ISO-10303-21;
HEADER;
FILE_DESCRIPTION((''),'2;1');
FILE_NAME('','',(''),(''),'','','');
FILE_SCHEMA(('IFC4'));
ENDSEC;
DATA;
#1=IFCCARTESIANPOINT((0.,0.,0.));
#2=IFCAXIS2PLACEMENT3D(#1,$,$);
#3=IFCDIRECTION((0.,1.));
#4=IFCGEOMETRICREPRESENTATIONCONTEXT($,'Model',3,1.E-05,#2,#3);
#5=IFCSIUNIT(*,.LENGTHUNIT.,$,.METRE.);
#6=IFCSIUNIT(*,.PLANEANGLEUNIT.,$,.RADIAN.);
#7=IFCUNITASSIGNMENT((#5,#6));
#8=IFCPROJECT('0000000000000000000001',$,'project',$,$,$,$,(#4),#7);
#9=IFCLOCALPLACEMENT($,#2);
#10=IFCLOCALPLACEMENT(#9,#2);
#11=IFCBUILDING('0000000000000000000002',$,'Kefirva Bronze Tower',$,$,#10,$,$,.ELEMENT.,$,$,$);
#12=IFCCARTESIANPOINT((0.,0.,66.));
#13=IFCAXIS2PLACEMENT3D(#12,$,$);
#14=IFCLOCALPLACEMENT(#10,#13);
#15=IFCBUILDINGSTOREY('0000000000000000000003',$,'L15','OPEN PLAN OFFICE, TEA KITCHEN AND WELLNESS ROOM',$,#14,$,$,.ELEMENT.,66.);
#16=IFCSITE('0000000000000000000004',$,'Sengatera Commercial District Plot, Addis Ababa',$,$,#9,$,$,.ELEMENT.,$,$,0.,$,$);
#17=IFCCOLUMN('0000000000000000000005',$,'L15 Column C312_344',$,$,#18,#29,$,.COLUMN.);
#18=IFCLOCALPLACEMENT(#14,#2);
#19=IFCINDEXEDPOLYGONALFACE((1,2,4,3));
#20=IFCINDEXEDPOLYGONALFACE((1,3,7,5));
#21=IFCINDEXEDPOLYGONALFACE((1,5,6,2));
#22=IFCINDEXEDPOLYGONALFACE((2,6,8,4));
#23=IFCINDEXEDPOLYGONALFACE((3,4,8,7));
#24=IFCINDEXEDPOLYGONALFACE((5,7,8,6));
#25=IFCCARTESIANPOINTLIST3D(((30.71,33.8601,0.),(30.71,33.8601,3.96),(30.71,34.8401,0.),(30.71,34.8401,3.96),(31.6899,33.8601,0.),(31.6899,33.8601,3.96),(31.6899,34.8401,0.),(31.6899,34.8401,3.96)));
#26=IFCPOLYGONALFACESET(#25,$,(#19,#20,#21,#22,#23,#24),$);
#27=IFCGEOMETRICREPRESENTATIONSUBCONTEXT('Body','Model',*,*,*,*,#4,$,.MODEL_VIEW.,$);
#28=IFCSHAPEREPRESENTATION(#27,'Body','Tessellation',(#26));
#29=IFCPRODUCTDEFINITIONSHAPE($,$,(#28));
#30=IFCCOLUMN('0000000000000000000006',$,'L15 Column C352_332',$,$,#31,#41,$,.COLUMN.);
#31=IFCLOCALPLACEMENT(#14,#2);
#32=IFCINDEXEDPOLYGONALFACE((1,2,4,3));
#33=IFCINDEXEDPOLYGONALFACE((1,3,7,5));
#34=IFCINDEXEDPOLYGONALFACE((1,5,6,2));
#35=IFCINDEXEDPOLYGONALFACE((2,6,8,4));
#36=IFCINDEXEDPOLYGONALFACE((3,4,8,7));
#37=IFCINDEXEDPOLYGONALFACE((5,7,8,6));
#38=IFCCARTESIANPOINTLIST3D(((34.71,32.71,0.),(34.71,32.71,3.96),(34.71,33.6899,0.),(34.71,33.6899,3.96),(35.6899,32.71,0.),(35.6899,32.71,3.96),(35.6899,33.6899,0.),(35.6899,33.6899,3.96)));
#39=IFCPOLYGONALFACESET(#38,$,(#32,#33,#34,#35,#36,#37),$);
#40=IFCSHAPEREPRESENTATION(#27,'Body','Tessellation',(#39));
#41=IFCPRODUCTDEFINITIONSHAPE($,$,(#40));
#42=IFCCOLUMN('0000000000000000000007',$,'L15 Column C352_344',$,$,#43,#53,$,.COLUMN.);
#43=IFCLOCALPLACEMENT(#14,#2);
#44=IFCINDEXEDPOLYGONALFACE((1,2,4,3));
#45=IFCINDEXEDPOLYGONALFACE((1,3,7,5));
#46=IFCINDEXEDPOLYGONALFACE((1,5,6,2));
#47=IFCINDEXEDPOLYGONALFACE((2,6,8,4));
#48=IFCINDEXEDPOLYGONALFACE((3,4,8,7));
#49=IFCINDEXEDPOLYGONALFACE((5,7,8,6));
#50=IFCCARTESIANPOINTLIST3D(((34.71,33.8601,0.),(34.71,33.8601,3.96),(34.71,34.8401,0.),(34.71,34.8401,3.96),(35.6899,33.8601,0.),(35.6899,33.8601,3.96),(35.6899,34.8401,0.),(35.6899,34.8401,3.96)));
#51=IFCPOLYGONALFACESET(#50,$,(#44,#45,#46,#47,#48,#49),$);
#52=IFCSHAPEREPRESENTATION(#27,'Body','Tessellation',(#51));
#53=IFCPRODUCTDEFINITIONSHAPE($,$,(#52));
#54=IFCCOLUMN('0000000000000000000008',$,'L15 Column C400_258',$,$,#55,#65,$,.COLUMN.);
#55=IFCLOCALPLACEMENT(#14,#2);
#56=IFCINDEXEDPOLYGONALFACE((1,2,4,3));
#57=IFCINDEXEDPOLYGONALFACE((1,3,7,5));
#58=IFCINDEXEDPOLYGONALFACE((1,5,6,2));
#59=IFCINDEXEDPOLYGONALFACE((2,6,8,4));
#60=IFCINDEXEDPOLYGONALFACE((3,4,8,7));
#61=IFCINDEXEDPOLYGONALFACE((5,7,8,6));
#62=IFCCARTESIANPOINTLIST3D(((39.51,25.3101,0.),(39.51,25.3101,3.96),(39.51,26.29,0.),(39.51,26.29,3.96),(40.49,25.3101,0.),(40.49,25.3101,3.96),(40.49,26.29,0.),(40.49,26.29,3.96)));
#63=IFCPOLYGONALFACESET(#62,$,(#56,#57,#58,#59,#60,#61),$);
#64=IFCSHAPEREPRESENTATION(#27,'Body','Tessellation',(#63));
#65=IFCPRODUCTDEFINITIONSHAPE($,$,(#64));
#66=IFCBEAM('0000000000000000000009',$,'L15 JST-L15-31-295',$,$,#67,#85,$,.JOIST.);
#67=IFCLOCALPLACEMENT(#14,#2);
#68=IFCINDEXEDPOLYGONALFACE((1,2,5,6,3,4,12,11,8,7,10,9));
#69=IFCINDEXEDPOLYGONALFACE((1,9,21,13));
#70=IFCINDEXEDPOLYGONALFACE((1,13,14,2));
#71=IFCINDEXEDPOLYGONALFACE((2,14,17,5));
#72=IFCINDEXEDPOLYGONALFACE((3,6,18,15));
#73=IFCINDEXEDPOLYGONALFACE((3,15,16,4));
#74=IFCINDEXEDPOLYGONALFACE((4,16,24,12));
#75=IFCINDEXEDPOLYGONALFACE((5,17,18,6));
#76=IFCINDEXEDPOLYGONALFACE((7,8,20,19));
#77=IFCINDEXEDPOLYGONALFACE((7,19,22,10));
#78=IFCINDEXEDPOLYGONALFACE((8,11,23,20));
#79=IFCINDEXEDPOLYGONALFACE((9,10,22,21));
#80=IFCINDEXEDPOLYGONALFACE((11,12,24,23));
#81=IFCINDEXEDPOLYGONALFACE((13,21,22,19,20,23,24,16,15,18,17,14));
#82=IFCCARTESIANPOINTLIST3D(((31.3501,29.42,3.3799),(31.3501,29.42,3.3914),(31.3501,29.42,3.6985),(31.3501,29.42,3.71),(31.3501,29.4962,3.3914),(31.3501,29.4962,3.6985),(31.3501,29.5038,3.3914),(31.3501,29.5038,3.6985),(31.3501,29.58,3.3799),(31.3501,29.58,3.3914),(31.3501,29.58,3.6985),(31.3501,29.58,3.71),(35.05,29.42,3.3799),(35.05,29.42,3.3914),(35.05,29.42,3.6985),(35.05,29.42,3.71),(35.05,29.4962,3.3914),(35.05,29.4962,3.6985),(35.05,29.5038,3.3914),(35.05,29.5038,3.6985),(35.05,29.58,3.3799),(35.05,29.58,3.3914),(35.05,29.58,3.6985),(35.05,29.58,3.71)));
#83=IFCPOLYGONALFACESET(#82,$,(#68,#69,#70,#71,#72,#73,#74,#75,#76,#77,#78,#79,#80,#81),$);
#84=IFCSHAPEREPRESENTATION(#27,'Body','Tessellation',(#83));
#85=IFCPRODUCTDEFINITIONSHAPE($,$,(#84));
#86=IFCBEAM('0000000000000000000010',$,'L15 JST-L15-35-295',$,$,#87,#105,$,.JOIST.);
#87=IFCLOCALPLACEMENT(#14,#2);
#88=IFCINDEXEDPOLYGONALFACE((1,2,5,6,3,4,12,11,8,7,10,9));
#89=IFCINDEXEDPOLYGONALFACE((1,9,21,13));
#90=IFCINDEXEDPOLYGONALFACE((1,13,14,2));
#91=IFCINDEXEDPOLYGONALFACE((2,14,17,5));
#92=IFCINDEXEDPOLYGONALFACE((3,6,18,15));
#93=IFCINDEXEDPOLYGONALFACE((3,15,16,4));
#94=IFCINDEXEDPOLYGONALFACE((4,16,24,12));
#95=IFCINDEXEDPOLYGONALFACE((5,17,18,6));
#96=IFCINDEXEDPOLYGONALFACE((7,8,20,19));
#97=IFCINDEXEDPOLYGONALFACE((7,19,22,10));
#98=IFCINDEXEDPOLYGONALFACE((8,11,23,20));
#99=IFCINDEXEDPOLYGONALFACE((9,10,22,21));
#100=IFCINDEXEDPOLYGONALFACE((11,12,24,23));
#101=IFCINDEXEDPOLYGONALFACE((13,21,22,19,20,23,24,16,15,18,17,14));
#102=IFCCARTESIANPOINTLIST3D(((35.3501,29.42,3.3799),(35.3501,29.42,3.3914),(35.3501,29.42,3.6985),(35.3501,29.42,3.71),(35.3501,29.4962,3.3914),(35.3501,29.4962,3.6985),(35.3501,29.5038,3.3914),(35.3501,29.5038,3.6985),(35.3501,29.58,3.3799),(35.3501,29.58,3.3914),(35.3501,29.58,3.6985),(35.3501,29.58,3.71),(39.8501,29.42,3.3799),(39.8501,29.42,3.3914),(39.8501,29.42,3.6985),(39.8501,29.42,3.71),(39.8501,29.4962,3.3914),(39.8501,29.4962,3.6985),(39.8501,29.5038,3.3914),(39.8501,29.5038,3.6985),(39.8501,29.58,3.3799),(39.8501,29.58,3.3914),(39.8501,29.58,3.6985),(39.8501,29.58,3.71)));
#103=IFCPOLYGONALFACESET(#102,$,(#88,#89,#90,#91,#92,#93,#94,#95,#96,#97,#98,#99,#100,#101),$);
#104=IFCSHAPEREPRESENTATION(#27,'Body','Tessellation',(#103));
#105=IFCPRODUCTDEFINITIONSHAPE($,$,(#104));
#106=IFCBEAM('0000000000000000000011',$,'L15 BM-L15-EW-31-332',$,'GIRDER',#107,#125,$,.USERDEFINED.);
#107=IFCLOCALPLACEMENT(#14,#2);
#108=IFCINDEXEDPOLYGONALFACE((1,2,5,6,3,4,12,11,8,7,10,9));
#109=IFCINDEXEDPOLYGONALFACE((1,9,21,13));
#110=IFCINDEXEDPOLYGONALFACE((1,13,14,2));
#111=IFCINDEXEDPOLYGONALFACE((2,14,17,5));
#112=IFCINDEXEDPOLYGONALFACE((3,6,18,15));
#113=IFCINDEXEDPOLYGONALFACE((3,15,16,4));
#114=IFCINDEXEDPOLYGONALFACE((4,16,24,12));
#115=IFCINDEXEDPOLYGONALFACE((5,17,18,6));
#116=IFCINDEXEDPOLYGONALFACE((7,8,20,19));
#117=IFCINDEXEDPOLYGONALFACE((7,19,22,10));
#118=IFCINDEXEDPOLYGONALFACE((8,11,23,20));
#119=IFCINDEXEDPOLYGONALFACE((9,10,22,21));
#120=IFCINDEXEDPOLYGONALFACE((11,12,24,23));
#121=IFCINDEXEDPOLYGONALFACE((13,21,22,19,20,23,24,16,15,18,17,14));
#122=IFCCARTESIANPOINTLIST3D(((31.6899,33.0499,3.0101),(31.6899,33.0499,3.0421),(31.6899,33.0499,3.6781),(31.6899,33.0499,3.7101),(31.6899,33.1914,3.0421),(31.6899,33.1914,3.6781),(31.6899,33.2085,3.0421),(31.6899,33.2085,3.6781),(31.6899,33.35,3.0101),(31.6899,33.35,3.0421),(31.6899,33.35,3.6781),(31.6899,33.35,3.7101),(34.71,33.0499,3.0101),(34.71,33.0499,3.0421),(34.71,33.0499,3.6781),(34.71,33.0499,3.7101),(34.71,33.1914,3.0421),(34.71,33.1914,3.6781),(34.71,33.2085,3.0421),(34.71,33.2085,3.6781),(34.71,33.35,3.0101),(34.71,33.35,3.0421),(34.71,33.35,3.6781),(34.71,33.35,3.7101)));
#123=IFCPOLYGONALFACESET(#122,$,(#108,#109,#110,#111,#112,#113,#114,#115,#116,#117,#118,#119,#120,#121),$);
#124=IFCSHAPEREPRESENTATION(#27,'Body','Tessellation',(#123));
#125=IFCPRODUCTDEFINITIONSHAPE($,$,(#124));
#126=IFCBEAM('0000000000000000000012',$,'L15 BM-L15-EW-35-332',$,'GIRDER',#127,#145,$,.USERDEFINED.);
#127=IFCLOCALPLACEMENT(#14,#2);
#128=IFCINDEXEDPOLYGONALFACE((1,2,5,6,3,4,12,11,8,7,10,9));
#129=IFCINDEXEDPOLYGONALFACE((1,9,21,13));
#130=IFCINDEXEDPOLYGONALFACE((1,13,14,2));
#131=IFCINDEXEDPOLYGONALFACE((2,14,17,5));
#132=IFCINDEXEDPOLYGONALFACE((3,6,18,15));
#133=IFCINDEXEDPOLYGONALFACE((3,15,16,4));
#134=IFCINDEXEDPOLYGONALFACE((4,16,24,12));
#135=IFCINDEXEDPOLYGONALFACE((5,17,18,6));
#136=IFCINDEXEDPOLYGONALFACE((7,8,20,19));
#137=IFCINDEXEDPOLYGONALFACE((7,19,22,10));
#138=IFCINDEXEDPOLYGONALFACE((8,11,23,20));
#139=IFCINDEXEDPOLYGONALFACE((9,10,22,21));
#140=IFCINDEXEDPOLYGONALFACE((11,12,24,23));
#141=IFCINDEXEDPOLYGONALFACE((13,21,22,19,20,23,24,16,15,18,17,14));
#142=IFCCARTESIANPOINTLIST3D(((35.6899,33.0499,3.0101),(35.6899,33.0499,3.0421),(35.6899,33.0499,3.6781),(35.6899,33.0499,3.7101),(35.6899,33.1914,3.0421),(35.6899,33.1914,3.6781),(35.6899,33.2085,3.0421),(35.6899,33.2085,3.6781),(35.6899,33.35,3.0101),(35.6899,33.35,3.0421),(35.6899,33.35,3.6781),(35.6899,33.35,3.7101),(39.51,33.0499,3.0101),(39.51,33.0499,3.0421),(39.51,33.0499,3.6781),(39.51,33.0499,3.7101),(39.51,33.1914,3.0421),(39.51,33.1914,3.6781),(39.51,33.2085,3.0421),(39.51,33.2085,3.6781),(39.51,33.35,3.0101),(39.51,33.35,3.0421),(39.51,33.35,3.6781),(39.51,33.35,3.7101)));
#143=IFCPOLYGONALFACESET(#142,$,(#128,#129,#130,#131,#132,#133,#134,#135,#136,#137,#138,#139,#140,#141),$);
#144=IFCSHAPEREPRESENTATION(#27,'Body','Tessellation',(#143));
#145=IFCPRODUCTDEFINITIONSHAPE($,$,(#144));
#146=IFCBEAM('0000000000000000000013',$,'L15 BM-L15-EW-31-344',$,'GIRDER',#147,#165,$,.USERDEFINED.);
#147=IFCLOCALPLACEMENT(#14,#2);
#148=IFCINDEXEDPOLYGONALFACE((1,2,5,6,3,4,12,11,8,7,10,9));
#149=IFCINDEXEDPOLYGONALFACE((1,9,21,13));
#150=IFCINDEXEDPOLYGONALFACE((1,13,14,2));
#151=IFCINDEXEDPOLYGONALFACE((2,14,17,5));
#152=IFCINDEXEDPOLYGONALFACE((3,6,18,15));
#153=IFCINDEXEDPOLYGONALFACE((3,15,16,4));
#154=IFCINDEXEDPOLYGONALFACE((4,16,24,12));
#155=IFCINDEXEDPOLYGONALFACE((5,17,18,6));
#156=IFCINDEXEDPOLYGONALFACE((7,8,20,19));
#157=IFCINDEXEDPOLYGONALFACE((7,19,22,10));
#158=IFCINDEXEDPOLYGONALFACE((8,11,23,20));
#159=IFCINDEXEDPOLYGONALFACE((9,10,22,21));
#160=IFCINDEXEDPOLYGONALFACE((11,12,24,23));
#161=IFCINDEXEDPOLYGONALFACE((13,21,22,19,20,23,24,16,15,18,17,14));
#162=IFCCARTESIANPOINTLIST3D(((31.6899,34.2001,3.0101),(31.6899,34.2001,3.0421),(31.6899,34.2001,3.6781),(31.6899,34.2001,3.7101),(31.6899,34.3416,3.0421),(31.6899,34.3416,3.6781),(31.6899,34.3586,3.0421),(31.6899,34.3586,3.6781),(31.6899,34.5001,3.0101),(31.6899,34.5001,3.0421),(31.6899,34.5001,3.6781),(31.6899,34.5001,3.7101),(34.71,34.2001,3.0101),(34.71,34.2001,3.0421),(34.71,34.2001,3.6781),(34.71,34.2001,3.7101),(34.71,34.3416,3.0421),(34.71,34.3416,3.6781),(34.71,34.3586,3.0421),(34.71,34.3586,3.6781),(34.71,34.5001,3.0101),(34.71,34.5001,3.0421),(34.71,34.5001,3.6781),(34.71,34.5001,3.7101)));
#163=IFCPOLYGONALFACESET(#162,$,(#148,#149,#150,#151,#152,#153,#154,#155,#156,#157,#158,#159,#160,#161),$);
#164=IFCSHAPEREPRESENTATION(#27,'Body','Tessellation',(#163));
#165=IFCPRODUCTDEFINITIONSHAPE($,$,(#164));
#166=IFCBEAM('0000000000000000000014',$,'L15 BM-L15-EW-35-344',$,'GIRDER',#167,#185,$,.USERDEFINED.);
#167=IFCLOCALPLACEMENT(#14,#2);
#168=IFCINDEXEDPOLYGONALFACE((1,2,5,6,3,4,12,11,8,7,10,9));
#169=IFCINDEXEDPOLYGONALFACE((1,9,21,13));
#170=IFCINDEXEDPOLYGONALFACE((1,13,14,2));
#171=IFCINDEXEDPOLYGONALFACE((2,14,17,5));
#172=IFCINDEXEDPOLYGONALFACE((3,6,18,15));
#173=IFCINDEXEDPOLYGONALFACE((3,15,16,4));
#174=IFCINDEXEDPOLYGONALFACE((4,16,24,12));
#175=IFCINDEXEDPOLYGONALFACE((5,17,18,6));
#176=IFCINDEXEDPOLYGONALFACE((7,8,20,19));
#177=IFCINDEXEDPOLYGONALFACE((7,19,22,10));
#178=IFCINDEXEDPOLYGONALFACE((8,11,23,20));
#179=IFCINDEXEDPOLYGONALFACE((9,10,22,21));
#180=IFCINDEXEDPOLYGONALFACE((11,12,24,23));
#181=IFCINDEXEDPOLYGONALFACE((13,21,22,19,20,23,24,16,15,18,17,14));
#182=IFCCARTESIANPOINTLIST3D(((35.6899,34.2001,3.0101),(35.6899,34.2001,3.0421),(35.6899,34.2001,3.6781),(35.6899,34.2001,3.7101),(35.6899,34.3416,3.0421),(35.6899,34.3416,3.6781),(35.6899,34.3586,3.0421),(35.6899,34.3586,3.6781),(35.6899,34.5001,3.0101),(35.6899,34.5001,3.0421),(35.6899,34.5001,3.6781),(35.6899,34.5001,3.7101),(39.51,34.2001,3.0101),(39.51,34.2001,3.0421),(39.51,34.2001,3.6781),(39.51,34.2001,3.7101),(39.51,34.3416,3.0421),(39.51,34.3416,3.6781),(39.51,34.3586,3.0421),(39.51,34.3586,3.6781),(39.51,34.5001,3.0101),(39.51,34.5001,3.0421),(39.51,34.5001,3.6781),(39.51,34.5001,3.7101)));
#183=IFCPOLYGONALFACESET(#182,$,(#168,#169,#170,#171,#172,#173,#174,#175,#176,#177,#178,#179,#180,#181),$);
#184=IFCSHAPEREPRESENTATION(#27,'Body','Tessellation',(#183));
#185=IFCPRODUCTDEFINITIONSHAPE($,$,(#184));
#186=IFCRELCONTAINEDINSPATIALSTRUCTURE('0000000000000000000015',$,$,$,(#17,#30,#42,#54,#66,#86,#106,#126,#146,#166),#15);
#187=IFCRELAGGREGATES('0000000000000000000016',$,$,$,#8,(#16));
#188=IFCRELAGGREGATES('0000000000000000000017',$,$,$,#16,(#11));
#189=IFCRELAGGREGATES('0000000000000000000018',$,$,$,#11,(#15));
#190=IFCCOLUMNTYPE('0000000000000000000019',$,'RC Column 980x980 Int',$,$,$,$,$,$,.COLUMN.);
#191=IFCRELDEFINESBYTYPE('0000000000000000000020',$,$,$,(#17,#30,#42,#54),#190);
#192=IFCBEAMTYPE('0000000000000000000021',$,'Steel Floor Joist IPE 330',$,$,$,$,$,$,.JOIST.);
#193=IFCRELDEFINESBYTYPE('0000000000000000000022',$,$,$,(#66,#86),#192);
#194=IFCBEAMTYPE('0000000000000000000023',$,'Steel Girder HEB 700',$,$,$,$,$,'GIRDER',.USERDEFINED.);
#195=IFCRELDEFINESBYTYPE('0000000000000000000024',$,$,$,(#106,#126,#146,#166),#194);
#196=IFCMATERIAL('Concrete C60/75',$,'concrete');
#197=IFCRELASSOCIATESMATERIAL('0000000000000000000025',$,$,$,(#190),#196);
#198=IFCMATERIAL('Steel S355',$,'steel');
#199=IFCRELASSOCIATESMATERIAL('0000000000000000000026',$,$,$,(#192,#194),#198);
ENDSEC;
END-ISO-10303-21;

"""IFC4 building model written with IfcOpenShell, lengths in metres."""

from ifc_helpers import new_model, si_unit, direction, frame, origin, origin_2d, place, context, subcontext, project, spatial, rectangle, i_section, extrude, material, material_profile, profile_set, type_object, element, save


model = new_model("IFC4")

# Units and contexts
model_context = context("Model", 3, precision=1e-05, world=origin(), true_north=direction((0.0, 1.0)))
body_context = subcontext(model_context, "Body", "Model", "MODEL_VIEW")
ifc_project = project(units=[si_unit("LENGTHUNIT", "METRE"), si_unit("PLANEANGLEUNIT", "RADIAN")], contexts=[model_context])

# Site, building, storey
site_placement = place(None, origin())
site = spatial("IfcSite", under=ifc_project, at=site_placement, Name="Sengatera Commercial District Plot, Addis Ababa", CompositionType="ELEMENT", RefElevation=0.0)
building_placement = place(site_placement, origin())
building = spatial("IfcBuilding", under=site, at=building_placement, Name="Kefirva Bronze Tower", CompositionType="ELEMENT")
storey_placement = place(building_placement, frame((0.0, 0.0, 66.0)))
storey = spatial("IfcBuildingStorey", under=building, at=storey_placement, Name="L15", Description="OPEN PLAN OFFICE, TEA KITCHEN AND WELLNESS ROOM", CompositionType="ELEMENT", Elevation=66.0)

# Columns
ifc_material_1 = material(Name="Concrete C60/75", Category="concrete")
ifc_material_profile_1 = material_profile(ifc_material_1, rectangle(XDim=0.98, YDim=0.98, at=origin_2d()), Name="RC 980x980")
ifc_profile_set_1 = profile_set([ifc_material_profile_1], Name="Concrete C60/75")
column_type = type_object("IfcColumnType", Name="RC Column 980x980 Int", PredefinedType="COLUMN", material=ifc_profile_set_1)
for number, where, z_axis, x_axis, name in (
    (1, (31.2, 34.3501, 0.0), (0.0, 0.0, 1.0), (1.0, 0.0, 0.0), "L15 Column C312_344"),
    (2, (35.2, 33.2, 0.0), (0.0, 0.0, 1.0), (1.0, 0.0, 0.0), "L15 Column C352_332"),
    (3, (35.2, 34.3501, 0.0), (0.0, 0.0, 1.0), (1.0, 0.0, 0.0), "L15 Column C352_344"),
    (4, (40.0, 25.8, 0.0), (0.0, 0.0, 1.0), (1.0, 0.0, 0.0), "L15 Column C400_258"),
):
    element("IfcColumn", number, at=place(storey_placement, frame(where, z_axis=z_axis, x_axis=x_axis)), inside=storey, type_object=column_type, Name=name, PredefinedType="COLUMN", context=body_context, shape_type="SweptSolid", body=[
        extrude(rectangle(XDim=0.98, YDim=0.98, at=origin_2d()), origin(), (0.0, 0.0, 1.0), 3.96),
    ])

# Beams
ifc_material_2 = material(Name="Steel S355", Category="steel")
ifc_material_profile_2 = material_profile(ifc_material_2, i_section(OverallWidth=0.1599, OverallDepth=0.3301, WebThickness=0.0076, FlangeThickness=0.0115, at=origin_2d()), Name="IPE 330")
ifc_profile_set_2 = profile_set([ifc_material_profile_2], Name="Steel S355")
beam_type_1 = type_object("IfcBeamType", Name="Steel Floor Joist IPE 330", PredefinedType="JOIST", material=ifc_profile_set_2)
beam_1_placement = place(storey_placement, frame((31.3501, 29.5, 3.5449), z_axis=(1.0, 0.0, 0.0), x_axis=(0.0, 1.0, 0.0)))
element("IfcBeam", 5, at=beam_1_placement, inside=storey, type_object=beam_type_1, Name="L15 JST-L15-31-295", PredefinedType="JOIST", context=body_context, shape_type="SweptSolid", body=[
    extrude(i_section(OverallWidth=0.1599, OverallDepth=0.3301, WebThickness=0.0076, FlangeThickness=0.0115, at=origin_2d()), origin(), (0.0, 0.0, 1.0), 3.7),
])
beam_2_placement = place(storey_placement, frame((35.3501, 29.5, 3.5449), z_axis=(1.0, 0.0, 0.0), x_axis=(0.0, 1.0, 0.0)))
element("IfcBeam", 6, at=beam_2_placement, inside=storey, type_object=beam_type_1, Name="L15 JST-L15-35-295", PredefinedType="JOIST", context=body_context, shape_type="SweptSolid", body=[
    extrude(i_section(OverallWidth=0.1599, OverallDepth=0.3301, WebThickness=0.0076, FlangeThickness=0.0115, at=origin_2d()), origin(), (0.0, 0.0, 1.0), 4.5),
])
ifc_material_profile_3 = material_profile(ifc_material_2, i_section(OverallWidth=0.3, OverallDepth=0.7, WebThickness=0.0171, FlangeThickness=0.032, at=origin_2d()), Name="HEB 700")
ifc_profile_set_3 = profile_set([ifc_material_profile_3], Name="Steel S355")
beam_type_2 = type_object("IfcBeamType", Name="Steel Girder HEB 700", ElementType="GIRDER", PredefinedType="USERDEFINED", material=ifc_profile_set_3)
beam_3_placement = place(storey_placement, frame((31.6899, 33.2, 3.3601), z_axis=(1.0, 0.0, 0.0), x_axis=(0.0, 1.0, 0.0)))
element("IfcBeam", 7, at=beam_3_placement, inside=storey, type_object=beam_type_2, Name="L15 BM-L15-EW-31-332", ObjectType="GIRDER", PredefinedType="USERDEFINED", context=body_context, shape_type="SweptSolid", body=[
    extrude(i_section(OverallWidth=0.3, OverallDepth=0.7, WebThickness=0.0171, FlangeThickness=0.032, at=origin_2d()), origin(), (0.0, 0.0, 1.0), 3.02),
])
beam_4_placement = place(storey_placement, frame((35.6899, 33.2, 3.3601), z_axis=(1.0, 0.0, 0.0), x_axis=(0.0, 1.0, 0.0)))
element("IfcBeam", 8, at=beam_4_placement, inside=storey, type_object=beam_type_2, Name="L15 BM-L15-EW-35-332", ObjectType="GIRDER", PredefinedType="USERDEFINED", context=body_context, shape_type="SweptSolid", body=[
    extrude(i_section(OverallWidth=0.3, OverallDepth=0.7, WebThickness=0.0171, FlangeThickness=0.032, at=origin_2d()), origin(), (0.0, 0.0, 1.0), 3.8201),
])
beam_5_placement = place(storey_placement, frame((31.6899, 34.3501, 3.3601), z_axis=(1.0, 0.0, 0.0), x_axis=(0.0, 1.0, 0.0)))
element("IfcBeam", 9, at=beam_5_placement, inside=storey, type_object=beam_type_2, Name="L15 BM-L15-EW-31-344", ObjectType="GIRDER", PredefinedType="USERDEFINED", context=body_context, shape_type="SweptSolid", body=[
    extrude(i_section(OverallWidth=0.3, OverallDepth=0.7, WebThickness=0.0171, FlangeThickness=0.032, at=origin_2d()), origin(), (0.0, 0.0, 1.0), 3.02),
])
beam_6_placement = place(storey_placement, frame((35.6899, 34.3501, 3.3601), z_axis=(1.0, 0.0, 0.0), x_axis=(0.0, 1.0, 0.0)))
element("IfcBeam", 10, at=beam_6_placement, inside=storey, type_object=beam_type_2, Name="L15 BM-L15-EW-35-344", ObjectType="GIRDER", PredefinedType="USERDEFINED", context=body_context, shape_type="SweptSolid", body=[
    extrude(i_section(OverallWidth=0.3, OverallDepth=0.7, WebThickness=0.0171, FlangeThickness=0.032, at=origin_2d()), origin(), (0.0, 0.0, 1.0), 3.8201),
])

save(model, "model.ifc")
